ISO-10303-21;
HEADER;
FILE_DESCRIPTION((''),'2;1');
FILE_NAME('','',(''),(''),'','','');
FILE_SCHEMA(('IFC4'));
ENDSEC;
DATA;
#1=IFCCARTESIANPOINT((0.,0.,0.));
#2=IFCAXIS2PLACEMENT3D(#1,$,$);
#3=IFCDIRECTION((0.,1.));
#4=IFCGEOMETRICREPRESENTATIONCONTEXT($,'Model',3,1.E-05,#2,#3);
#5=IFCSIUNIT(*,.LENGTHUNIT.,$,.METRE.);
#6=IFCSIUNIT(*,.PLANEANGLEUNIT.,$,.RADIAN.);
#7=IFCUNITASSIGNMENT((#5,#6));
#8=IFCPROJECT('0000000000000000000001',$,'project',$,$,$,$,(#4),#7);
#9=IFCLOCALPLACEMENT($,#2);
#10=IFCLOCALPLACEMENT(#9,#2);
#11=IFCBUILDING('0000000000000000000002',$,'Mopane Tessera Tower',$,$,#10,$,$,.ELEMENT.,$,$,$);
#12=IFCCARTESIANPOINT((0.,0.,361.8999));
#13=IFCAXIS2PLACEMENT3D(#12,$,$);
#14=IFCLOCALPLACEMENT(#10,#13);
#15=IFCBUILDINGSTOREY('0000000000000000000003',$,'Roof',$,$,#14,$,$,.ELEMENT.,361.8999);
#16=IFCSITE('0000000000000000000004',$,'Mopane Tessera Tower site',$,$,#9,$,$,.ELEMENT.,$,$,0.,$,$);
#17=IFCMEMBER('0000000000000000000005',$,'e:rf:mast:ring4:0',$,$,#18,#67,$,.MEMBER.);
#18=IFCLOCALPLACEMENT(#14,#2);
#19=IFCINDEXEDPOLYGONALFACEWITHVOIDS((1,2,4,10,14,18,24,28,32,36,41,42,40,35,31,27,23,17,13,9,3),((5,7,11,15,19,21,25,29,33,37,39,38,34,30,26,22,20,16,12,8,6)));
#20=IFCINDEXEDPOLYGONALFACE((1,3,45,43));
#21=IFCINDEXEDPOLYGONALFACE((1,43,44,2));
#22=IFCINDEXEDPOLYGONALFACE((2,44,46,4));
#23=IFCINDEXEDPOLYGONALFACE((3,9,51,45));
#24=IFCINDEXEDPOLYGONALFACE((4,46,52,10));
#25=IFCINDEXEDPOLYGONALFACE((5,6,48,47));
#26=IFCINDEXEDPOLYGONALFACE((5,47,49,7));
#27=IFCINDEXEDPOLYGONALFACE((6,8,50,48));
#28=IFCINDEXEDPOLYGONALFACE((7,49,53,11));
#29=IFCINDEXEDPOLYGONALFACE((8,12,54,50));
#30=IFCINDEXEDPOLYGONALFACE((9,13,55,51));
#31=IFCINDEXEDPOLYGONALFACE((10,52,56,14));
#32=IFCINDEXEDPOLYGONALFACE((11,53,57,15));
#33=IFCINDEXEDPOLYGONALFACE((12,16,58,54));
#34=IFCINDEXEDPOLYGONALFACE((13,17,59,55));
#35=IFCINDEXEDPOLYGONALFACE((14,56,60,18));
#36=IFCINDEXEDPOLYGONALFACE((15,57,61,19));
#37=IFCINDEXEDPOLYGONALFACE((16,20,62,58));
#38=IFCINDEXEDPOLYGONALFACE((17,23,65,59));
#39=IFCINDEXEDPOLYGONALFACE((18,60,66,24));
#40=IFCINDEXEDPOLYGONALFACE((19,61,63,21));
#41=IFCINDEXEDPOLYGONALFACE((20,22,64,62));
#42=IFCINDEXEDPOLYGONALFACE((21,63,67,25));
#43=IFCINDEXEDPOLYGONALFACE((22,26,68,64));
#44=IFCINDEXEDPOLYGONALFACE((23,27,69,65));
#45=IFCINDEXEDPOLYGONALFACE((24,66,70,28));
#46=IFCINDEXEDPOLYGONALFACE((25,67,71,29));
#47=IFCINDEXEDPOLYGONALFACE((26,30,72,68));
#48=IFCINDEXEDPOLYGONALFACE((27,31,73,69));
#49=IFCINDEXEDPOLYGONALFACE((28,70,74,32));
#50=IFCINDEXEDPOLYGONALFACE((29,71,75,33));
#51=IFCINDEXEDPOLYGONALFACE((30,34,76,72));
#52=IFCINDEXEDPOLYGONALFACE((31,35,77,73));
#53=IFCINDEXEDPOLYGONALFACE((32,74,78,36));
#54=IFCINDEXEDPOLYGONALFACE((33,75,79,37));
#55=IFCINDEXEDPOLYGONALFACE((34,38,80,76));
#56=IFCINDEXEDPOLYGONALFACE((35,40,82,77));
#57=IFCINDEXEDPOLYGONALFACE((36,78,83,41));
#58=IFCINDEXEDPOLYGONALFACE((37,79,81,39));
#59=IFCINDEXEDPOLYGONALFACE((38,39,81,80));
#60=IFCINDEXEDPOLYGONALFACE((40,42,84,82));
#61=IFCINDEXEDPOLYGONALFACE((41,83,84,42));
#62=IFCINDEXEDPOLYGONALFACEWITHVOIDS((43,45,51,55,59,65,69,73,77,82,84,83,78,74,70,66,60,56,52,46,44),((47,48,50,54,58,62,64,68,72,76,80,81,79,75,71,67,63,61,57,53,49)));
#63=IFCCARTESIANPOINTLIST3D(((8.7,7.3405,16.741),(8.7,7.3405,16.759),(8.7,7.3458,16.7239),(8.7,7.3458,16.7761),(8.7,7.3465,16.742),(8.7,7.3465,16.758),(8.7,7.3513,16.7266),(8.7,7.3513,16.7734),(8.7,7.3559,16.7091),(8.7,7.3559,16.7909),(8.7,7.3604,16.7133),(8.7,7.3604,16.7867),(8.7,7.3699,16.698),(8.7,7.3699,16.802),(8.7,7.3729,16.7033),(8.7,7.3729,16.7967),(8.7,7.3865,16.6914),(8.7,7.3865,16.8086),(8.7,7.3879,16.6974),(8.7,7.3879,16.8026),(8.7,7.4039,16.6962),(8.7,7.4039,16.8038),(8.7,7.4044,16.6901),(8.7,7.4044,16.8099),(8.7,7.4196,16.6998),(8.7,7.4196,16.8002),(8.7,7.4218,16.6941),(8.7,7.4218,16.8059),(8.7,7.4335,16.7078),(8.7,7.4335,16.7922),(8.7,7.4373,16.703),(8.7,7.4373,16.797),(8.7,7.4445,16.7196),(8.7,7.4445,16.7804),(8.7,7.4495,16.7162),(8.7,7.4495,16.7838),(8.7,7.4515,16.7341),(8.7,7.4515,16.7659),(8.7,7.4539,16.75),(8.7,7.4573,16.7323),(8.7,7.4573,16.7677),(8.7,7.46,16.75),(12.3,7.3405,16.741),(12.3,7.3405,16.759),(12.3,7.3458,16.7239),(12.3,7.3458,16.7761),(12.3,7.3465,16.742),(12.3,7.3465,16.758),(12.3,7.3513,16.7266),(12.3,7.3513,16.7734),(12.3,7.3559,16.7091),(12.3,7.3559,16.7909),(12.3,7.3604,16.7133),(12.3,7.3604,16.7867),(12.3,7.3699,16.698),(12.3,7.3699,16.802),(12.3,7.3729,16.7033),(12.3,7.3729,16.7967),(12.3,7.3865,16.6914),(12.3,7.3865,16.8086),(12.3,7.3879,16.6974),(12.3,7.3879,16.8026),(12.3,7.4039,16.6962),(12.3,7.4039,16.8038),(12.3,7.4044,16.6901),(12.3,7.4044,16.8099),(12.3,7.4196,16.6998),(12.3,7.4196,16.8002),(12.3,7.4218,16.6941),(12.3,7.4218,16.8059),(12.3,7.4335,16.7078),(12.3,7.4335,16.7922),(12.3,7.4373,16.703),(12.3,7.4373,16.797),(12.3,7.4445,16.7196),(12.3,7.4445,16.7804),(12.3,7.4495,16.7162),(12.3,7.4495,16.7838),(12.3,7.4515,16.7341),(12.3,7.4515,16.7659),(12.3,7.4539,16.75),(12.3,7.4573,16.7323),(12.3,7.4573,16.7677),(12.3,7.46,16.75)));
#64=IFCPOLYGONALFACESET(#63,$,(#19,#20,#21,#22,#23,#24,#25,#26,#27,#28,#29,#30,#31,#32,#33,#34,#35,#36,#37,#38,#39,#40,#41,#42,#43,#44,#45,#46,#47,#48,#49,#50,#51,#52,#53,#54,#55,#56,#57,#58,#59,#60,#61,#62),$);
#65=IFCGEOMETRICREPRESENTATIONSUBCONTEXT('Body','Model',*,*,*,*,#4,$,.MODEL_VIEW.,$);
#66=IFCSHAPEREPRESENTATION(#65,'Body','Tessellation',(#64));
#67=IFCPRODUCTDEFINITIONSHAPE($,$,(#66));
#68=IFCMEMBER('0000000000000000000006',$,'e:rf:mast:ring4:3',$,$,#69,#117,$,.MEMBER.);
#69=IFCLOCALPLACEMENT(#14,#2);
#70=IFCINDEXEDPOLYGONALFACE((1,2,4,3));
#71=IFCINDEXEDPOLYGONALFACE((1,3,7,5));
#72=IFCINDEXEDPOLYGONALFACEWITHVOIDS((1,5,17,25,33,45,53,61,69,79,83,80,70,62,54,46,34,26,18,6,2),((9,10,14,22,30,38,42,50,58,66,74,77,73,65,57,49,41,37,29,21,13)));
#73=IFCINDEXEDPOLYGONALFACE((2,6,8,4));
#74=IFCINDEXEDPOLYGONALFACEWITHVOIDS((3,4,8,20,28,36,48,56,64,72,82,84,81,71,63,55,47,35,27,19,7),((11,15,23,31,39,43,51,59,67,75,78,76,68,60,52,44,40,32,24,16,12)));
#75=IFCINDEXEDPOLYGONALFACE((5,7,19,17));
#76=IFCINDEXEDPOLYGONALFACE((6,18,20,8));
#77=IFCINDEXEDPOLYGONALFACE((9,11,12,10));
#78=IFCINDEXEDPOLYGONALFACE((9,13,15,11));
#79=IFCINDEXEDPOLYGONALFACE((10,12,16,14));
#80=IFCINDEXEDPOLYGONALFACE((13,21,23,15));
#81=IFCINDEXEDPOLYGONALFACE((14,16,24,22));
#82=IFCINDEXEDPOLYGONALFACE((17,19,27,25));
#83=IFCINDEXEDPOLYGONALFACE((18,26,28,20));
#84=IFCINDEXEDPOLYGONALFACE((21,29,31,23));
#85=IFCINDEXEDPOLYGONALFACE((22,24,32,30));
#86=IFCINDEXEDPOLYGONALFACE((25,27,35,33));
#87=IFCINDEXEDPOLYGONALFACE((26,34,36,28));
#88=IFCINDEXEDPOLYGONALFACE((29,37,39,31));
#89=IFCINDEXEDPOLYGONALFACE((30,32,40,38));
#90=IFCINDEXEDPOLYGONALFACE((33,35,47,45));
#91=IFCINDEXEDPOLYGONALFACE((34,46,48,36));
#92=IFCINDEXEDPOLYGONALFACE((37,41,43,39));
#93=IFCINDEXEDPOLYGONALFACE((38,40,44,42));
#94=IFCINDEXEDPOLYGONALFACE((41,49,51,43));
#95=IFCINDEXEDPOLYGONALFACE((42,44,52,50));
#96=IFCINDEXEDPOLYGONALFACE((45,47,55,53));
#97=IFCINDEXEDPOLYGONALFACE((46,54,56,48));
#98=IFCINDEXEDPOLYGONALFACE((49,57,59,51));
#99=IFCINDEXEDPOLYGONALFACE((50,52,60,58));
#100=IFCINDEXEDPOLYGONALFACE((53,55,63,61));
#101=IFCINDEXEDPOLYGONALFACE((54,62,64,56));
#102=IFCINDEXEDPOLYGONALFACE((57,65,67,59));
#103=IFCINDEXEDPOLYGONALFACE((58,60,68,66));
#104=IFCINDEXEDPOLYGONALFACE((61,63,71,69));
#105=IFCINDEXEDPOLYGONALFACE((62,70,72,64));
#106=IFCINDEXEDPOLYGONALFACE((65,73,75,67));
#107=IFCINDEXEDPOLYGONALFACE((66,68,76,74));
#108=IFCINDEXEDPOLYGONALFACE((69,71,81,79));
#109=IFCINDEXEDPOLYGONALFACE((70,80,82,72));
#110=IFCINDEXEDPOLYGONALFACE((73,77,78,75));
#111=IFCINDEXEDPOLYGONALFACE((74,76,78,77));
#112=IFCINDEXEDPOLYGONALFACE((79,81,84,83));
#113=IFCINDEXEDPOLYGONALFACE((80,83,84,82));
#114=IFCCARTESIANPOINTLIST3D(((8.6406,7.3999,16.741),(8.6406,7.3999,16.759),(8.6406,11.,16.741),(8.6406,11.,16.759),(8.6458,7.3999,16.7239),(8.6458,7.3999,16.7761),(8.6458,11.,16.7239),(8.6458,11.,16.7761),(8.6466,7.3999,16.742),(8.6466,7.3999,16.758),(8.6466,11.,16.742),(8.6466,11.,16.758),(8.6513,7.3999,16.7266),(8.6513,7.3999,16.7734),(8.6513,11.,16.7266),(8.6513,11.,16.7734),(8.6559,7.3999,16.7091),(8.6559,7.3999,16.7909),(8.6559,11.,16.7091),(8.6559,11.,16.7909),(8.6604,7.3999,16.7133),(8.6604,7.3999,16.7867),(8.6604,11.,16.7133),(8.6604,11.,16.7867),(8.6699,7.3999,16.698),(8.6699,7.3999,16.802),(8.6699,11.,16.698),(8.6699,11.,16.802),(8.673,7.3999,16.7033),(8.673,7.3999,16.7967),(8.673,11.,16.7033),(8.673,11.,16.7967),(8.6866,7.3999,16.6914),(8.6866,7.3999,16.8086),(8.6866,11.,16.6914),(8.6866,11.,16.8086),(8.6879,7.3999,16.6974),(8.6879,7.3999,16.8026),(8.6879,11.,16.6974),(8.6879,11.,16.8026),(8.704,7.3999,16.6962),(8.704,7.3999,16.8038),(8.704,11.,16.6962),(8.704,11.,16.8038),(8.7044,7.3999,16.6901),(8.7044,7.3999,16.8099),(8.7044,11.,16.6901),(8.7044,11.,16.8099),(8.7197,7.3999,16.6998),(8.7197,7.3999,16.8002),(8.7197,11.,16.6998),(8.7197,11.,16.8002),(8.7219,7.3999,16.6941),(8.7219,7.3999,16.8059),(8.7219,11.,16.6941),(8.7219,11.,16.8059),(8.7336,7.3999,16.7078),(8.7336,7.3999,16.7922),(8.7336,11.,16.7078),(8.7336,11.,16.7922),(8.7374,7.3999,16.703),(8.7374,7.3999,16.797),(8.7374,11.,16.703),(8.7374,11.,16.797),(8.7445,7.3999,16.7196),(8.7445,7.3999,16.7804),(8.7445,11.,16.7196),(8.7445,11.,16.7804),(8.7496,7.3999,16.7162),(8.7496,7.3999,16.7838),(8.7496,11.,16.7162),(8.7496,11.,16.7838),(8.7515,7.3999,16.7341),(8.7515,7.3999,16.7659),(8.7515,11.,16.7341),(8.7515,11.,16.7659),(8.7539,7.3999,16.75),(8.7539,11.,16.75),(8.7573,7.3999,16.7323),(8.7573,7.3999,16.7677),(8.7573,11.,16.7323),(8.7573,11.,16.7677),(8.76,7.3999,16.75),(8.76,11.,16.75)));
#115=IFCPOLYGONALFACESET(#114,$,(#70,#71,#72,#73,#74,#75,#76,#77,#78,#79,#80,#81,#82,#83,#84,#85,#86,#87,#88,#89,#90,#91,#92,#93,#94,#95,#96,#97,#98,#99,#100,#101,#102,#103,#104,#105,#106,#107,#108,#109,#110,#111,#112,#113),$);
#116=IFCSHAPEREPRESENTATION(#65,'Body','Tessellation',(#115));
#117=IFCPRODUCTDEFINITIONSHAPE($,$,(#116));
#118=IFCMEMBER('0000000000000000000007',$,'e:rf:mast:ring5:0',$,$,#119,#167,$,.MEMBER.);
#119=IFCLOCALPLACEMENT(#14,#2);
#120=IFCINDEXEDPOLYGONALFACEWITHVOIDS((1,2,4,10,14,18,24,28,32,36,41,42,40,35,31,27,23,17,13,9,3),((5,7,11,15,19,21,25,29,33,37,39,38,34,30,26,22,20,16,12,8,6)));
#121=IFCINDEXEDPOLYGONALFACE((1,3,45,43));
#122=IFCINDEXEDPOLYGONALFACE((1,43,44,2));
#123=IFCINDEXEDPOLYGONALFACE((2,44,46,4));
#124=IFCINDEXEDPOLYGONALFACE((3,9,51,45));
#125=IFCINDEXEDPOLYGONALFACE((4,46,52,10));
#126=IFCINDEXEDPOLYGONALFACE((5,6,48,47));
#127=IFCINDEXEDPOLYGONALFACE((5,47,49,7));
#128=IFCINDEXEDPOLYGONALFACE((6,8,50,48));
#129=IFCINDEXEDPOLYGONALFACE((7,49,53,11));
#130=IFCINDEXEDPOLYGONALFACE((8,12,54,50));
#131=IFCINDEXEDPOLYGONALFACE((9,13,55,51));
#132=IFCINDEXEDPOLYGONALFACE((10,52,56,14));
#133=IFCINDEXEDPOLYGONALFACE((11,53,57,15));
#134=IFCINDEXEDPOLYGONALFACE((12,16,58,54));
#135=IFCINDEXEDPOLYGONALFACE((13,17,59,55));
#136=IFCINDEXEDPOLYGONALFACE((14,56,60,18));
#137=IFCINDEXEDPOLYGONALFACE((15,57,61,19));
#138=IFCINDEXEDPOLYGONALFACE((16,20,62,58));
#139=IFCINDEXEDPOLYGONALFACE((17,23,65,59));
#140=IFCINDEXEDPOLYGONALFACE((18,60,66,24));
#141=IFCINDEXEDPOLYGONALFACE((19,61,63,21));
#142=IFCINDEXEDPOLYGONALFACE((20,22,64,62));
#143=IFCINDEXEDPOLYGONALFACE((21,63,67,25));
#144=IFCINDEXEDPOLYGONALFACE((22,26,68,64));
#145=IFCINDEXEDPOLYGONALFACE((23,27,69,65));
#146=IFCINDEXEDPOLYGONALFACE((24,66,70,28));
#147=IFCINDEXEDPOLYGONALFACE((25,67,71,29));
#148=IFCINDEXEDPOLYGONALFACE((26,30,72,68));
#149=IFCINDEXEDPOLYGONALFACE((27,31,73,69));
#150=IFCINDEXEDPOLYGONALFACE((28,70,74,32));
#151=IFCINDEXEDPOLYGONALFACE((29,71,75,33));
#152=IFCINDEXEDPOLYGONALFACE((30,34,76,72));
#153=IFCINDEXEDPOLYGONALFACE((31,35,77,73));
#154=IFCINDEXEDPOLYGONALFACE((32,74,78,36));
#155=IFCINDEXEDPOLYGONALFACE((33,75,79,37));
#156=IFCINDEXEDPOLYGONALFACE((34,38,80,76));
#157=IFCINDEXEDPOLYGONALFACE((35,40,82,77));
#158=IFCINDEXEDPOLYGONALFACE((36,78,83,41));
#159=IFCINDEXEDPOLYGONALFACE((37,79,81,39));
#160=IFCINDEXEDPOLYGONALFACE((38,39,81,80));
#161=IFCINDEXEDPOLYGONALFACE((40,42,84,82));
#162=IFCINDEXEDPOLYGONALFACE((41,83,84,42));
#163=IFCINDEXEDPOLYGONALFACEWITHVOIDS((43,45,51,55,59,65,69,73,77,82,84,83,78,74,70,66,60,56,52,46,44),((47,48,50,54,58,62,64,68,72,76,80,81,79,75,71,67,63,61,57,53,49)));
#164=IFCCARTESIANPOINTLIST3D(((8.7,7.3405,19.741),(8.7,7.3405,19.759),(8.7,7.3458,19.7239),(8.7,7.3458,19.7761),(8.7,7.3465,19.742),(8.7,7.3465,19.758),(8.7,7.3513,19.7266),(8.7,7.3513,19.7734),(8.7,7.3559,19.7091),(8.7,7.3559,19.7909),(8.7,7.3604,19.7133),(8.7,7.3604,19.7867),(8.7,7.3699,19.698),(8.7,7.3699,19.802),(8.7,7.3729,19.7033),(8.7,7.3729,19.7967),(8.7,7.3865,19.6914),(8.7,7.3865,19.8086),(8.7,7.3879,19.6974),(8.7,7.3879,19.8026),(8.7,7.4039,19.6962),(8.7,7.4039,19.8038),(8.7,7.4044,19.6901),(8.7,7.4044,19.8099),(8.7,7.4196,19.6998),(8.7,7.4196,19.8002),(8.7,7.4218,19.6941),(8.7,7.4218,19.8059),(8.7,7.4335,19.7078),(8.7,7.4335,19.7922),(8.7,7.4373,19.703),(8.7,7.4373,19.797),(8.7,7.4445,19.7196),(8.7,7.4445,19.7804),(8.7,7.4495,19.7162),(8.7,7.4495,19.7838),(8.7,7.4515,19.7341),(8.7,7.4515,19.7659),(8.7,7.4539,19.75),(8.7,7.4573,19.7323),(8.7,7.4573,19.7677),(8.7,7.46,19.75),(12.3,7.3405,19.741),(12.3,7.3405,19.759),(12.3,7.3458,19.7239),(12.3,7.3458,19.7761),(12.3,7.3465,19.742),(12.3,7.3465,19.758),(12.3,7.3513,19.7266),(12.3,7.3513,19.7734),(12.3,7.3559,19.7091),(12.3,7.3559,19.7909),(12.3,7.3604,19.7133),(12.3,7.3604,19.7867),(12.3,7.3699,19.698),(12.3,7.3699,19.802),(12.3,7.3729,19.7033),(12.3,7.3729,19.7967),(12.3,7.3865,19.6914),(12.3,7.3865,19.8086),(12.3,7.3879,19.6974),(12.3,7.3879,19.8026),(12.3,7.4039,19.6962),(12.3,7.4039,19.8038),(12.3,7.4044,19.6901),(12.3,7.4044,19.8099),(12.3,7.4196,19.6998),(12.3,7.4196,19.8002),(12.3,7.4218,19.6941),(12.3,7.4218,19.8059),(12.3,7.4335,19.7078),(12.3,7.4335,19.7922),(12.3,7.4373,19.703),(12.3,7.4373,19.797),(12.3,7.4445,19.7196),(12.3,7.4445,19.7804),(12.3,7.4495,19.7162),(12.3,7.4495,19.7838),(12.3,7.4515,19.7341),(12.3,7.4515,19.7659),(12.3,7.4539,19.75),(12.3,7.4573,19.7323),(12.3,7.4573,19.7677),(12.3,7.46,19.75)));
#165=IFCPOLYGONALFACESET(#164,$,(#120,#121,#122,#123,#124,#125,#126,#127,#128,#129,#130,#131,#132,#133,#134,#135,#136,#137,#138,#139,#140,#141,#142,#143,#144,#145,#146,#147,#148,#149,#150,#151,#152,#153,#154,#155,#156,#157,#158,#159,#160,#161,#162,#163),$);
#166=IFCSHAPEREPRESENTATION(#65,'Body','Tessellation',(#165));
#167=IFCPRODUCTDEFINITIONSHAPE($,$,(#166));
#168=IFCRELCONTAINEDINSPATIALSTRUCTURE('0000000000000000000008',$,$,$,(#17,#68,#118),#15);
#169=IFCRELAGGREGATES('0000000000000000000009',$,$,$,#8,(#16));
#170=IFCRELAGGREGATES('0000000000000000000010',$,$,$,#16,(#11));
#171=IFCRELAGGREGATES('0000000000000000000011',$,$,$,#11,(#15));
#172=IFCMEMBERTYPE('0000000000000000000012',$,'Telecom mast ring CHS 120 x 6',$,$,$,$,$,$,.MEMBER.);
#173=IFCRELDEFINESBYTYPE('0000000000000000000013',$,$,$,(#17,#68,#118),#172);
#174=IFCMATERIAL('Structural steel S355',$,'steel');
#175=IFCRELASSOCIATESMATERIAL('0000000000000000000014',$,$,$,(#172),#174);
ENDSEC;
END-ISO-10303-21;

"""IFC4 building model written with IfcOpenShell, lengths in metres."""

from ifc_helpers import new_model, si_unit, direction, frame, origin, origin_2d, place, context, subcontext, project, spatial, hollow_circle, extrude, material, material_profile, profile_set, type_object, element, save


model = new_model("IFC4")

# Units and contexts
model_context = context("Model", 3, precision=1e-05, world=origin(), true_north=direction((0.0, 1.0)))
body_context = subcontext(model_context, "Body", "Model", "MODEL_VIEW")
ifc_project = project(units=[si_unit("LENGTHUNIT", "METRE"), si_unit("PLANEANGLEUNIT", "RADIAN")], contexts=[model_context])

# Site, building, storey
site_placement = place(None, origin())
site = spatial("IfcSite", under=ifc_project, at=site_placement, Name="Mopane Tessera Tower site", CompositionType="ELEMENT", RefElevation=0.0)
building_placement = place(site_placement, origin())
building = spatial("IfcBuilding", under=site, at=building_placement, Name="Mopane Tessera Tower", CompositionType="ELEMENT")
storey_placement = place(building_placement, frame((0.0, 0.0, 361.8999)))
storey = spatial("IfcBuildingStorey", under=building, at=storey_placement, Name="Roof", CompositionType="ELEMENT", Elevation=361.8999)

# Members
ifc_material_1 = material(Name="Structural steel S355", Category="steel")
ifc_material_profile_1 = material_profile(ifc_material_1, hollow_circle(Radius=0.0601, WallThickness=0.0061, at=origin_2d()))
ifc_profile_set_1 = profile_set([ifc_material_profile_1], Name="Structural steel S355")
member_type_1 = type_object("IfcMemberType", Name="Telecom mast ring CHS 120 x 6", PredefinedType="MEMBER", material=ifc_profile_set_1)
for number, where, z_axis, x_axis, name in (
    (1, (8.7, 7.3999, 16.75), (1.0, 0.0, 0.0), (0.0, 1.0, 0.0), "e:rf:mast:ring4:0"),
    (2, (8.7, 11.0, 16.75), (0.0, -1.0, 0.0), (1.0, 0.0, 0.0), "e:rf:mast:ring4:3"),
    (3, (8.7, 7.3999, 19.75), (1.0, 0.0, 0.0), (0.0, 1.0, 0.0), "e:rf:mast:ring5:0"),
):
    element("IfcMember", number, at=place(storey_placement, frame(where, z_axis=z_axis, x_axis=x_axis)), inside=storey, type_object=member_type_1, Name=name, PredefinedType="MEMBER", context=body_context, shape_type="SweptSolid", body=[
        extrude(hollow_circle(Radius=0.0601, WallThickness=0.0061, at=origin_2d()), origin(), (0.0, 0.0, 1.0), 3.6001),
    ])

save(model, "model.ifc")
